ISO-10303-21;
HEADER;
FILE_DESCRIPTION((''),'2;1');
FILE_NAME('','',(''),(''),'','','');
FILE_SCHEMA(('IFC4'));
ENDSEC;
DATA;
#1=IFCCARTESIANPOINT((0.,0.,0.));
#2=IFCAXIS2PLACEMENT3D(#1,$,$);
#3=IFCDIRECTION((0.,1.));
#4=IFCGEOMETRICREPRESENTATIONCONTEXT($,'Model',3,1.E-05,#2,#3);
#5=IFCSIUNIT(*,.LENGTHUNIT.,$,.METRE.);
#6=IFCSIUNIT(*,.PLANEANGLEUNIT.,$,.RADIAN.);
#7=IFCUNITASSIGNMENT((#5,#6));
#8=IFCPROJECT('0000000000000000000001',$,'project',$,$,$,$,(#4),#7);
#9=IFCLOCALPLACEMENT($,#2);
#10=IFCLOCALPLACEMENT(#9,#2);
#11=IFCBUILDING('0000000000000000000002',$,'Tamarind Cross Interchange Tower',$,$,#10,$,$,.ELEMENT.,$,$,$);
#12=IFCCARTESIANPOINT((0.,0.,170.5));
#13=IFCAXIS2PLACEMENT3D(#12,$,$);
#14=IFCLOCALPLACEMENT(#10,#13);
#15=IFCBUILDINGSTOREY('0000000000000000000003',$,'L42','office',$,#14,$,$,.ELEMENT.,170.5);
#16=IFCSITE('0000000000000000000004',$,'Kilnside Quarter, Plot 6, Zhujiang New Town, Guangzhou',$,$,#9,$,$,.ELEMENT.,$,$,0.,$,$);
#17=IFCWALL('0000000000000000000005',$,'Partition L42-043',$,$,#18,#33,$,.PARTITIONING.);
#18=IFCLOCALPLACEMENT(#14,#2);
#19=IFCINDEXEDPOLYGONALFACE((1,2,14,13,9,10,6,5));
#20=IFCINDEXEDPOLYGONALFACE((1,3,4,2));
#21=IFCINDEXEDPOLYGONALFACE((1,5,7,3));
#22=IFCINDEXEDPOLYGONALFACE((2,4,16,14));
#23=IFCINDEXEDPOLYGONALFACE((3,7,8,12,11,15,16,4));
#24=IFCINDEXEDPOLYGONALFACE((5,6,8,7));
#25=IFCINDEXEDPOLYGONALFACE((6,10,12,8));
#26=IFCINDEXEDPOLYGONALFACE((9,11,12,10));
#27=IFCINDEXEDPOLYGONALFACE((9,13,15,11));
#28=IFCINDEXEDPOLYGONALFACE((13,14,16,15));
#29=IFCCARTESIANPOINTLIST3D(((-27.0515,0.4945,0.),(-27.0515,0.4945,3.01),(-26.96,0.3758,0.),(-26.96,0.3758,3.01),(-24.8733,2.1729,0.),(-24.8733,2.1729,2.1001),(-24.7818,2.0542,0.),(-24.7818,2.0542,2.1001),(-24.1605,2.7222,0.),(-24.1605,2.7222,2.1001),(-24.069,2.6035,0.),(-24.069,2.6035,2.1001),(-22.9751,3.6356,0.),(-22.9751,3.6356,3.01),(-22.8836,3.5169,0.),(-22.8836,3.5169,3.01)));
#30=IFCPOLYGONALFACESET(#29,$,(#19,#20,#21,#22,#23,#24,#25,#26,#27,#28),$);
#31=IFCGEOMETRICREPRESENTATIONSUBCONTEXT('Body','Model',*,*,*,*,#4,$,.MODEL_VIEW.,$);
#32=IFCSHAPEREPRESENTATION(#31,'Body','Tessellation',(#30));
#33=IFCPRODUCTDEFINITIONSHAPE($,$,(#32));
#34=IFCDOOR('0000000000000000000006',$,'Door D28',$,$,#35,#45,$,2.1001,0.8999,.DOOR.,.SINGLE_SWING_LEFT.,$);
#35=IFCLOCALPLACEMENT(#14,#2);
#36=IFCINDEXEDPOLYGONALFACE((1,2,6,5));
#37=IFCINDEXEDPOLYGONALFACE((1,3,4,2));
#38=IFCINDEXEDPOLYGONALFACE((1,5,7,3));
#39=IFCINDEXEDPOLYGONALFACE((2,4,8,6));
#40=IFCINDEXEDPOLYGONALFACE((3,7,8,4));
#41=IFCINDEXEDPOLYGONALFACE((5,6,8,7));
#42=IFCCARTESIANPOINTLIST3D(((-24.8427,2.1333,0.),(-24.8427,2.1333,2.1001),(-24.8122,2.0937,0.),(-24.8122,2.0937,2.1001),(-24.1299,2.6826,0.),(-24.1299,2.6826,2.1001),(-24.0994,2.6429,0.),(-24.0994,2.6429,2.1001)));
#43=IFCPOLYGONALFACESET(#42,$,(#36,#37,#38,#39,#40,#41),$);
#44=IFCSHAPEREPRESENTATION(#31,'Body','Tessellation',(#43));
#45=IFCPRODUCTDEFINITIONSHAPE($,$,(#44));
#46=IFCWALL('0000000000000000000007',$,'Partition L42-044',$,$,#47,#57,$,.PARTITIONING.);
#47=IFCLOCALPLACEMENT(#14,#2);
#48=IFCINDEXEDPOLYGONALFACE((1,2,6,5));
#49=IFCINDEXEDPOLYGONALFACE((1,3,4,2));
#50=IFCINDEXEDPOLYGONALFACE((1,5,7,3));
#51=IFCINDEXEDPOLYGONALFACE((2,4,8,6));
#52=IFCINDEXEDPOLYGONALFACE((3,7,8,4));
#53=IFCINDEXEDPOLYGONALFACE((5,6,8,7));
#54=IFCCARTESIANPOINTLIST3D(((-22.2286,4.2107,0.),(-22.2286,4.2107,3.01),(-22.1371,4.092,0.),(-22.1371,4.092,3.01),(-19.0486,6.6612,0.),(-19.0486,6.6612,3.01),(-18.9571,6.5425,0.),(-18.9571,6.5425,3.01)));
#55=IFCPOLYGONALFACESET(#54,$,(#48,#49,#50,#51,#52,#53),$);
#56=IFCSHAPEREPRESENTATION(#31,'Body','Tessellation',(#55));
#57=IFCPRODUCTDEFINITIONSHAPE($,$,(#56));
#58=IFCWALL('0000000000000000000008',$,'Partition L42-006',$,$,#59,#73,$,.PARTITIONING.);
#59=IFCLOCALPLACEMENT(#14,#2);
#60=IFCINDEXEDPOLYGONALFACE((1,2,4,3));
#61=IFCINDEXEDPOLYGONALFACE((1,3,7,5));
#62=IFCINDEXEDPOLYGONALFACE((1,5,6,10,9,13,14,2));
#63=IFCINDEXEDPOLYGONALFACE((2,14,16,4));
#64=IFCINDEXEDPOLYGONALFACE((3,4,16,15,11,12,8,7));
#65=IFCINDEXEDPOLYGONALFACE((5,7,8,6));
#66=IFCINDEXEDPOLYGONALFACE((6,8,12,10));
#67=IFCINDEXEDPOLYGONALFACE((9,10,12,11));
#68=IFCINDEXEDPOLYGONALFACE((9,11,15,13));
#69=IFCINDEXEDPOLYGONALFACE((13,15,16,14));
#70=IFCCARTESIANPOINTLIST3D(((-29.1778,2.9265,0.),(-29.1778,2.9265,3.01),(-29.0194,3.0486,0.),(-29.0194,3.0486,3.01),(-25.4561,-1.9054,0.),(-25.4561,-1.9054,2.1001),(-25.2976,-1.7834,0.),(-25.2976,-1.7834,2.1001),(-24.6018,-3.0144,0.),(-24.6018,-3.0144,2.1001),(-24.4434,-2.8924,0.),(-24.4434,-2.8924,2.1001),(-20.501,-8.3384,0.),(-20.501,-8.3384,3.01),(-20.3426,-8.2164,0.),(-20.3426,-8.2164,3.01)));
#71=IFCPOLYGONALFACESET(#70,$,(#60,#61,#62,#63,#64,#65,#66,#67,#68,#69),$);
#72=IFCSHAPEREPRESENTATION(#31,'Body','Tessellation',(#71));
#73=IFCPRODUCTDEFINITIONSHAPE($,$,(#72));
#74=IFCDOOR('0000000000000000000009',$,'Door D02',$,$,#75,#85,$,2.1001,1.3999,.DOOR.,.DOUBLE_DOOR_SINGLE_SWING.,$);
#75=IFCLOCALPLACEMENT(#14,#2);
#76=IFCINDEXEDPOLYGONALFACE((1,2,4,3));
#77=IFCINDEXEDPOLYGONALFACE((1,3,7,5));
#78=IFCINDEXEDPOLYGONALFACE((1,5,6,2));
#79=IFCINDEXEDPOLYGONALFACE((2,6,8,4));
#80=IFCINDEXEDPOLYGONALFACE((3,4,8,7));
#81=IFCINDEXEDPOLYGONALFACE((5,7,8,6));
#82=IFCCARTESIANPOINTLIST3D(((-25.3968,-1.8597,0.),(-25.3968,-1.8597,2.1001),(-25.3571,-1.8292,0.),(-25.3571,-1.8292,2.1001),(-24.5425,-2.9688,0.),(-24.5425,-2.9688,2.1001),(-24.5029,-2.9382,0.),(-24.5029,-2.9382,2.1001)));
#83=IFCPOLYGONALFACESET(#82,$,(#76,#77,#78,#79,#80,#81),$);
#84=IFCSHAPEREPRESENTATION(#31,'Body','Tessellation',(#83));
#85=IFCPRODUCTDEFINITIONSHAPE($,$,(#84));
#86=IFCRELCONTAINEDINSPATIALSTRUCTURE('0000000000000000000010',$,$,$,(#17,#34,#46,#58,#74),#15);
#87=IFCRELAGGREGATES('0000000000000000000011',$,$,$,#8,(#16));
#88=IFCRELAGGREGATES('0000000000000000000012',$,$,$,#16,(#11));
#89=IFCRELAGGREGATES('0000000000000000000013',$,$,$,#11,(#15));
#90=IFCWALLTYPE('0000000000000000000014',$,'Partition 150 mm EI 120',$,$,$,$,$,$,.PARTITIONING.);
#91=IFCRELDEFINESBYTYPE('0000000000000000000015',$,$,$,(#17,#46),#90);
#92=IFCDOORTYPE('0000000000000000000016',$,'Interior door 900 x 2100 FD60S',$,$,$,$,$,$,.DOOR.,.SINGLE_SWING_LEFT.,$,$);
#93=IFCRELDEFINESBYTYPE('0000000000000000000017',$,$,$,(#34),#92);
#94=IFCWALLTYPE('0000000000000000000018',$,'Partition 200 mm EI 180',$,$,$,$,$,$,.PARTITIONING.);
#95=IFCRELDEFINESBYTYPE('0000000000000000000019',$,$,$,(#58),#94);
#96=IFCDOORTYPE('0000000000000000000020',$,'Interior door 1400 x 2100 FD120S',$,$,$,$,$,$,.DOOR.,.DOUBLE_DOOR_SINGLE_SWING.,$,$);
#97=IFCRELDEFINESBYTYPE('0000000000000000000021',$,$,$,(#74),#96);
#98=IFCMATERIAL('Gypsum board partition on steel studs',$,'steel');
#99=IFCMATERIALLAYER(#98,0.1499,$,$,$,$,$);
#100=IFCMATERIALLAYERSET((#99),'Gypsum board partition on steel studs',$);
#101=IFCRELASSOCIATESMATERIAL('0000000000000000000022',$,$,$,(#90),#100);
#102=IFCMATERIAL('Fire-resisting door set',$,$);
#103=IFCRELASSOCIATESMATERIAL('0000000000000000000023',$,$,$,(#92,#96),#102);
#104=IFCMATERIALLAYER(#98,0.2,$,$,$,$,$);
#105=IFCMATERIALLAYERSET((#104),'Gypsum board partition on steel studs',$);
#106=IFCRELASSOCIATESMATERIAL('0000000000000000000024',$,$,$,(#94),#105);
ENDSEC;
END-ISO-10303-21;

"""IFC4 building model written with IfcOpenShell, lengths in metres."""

from ifc_helpers import new_model, si_unit, direction, frame, frame_2d, origin, place, context, subcontext, project, spatial, rectangle, extrude, material, layer, layer_set, type_object, element, fill, save


model = new_model("IFC4")

# Units and contexts
model_context = context("Model", 3, precision=1e-05, world=origin(), true_north=direction((0.0, 1.0)))
body_context = subcontext(model_context, "Body", "Model", "MODEL_VIEW")
ifc_project = project(units=[si_unit("LENGTHUNIT", "METRE"), si_unit("PLANEANGLEUNIT", "RADIAN")], contexts=[model_context])

# Site, building, storey
site_placement = place(None, origin())
site = spatial("IfcSite", under=ifc_project, at=site_placement, Name="Kilnside Quarter, Plot 6, Zhujiang New Town, Guangzhou", CompositionType="ELEMENT", RefElevation=0.0)
building_placement = place(site_placement, origin())
building = spatial("IfcBuilding", under=site, at=building_placement, Name="Tamarind Cross Interchange Tower", CompositionType="ELEMENT")
storey_placement = place(building_placement, frame((0.0, 0.0, 170.5)))
storey = spatial("IfcBuildingStorey", under=building, at=storey_placement, Name="L42", Description="office", CompositionType="ELEMENT", Elevation=170.5)

# Shared definitions
ifc_material_1 = material(Name="Gypsum board partition on steel studs", Category="steel")

# Wall, opening, door
ifc_layer_1 = layer(ifc_material_1, 0.1499)
ifc_layer_set_1 = layer_set([ifc_layer_1], Name="Gypsum board partition on steel studs")
wall_type_1 = type_object("IfcWallType", Name="Partition 150 mm EI 120", PredefinedType="PARTITIONING", material=ifc_layer_set_1)
wall_1_placement = place(storey_placement, frame((-27.0059, 0.4351, 0.0), z_axis=(0.0, 0.0, 1.0), x_axis=(0.792116, 0.610371, 0.0)))
wall_1 = element("IfcWall", 1, at=wall_1_placement, inside=storey, type_object=wall_type_1, Name="Partition L42-043", PredefinedType="PARTITIONING", context=body_context, shape_type="SweptSolid", body=[
    extrude(rectangle(XDim=5.1462, YDim=0.1499, at=frame_2d((2.5732, 0.0))), origin(), (0.0, 0.0, 1.0), 3.01),
])
opening_1_placement = place(wall_1_placement, frame((2.75, 0.0, 0.0)))
opening_1 = element("IfcOpeningElement", 2, at=opening_1_placement, cuts=wall_1, PredefinedType="OPENING", context=body_context, shape_type="SweptSolid", body=[
    extrude(rectangle(XDim=0.8999, YDim=2.1001, at=frame_2d((0.45, 1.05))), frame((0.0, 0.085, 0.0), z_axis=(0.0, -1.0, 0.0), x_axis=(1.0, 0.0, 0.0)), (0.0, 0.0, 1.0), 0.1699),
])
ifc_material_2 = material(Name="Fire-resisting door set")
door_type_1 = type_object("IfcDoorType", Name="Interior door 900 x 2100 FD60S", OperationType="SINGLE_SWING_LEFT", PredefinedType="DOOR", material=ifc_material_2)
door_1_placement = place(opening_1_placement, origin())
door_1 = element("IfcDoor", 3, at=door_1_placement, inside=storey, type_object=door_type_1, Name="Door D28", OperationType="SINGLE_SWING_LEFT", OverallHeight=2.1001, OverallWidth=0.8999, PredefinedType="DOOR", context=body_context, shape_type="SweptSolid", body=[
    extrude(rectangle(XDim=0.8999, YDim=2.1001, at=frame_2d((0.45, 1.05))), frame((0.0, 0.0249, 0.0), z_axis=(0.0, -1.0, 0.0), x_axis=(1.0, 0.0, 0.0)), (0.0, 0.0, 1.0), 0.05),
])
fill(opening_1, door_1)

# Wall
wall_2_placement = place(storey_placement, frame((-22.1829, 4.1514, 0.0), z_axis=(0.0, 0.0, 1.0), x_axis=(0.792101, 0.610389, 0.0)))
element("IfcWall", 4, at=wall_2_placement, inside=storey, type_object=wall_type_1, Name="Partition L42-044", PredefinedType="PARTITIONING", context=body_context, shape_type="SweptSolid", body=[
    extrude(rectangle(XDim=4.0146, YDim=0.1499, at=frame_2d((2.0073, 0.0))), origin(), (0.0, 0.0, 1.0), 3.01),
])

# Wall, opening, door
ifc_layer_2 = layer(ifc_material_1, 0.2)
ifc_layer_set_2 = layer_set([ifc_layer_2], Name="Gypsum board partition on steel studs")
wall_type_2 = type_object("IfcWallType", Name="Partition 200 mm EI 180", PredefinedType="PARTITIONING", material=ifc_layer_set_2)
wall_3_placement = place(storey_placement, frame((-29.0986, 2.9875, 0.0), z_axis=(0.0, 0.0, 1.0), x_axis=(0.610217, -0.792234, 0.0)))
wall_3 = element("IfcWall", 5, at=wall_3_placement, inside=storey, type_object=wall_type_2, Name="Partition L42-006", PredefinedType="PARTITIONING", context=body_context, shape_type="SweptSolid", body=[
    extrude(rectangle(XDim=14.2192, YDim=0.2, at=frame_2d((7.1096, 0.0))), origin(), (0.0, 0.0, 1.0), 3.01),
])
opening_2_placement = place(wall_3_placement, frame((6.0991, 0.0, 0.0)))
opening_2 = element("IfcOpeningElement", 6, at=opening_2_placement, cuts=wall_3, PredefinedType="OPENING", context=body_context, shape_type="SweptSolid", body=[
    extrude(rectangle(XDim=1.3999, YDim=2.1001, at=frame_2d((0.7, 1.05))), frame((0.0, 0.1099, 0.0), z_axis=(0.0, -1.0, 0.0), x_axis=(1.0, 0.0, 0.0)), (0.0, 0.0, 1.0), 0.22),
])
door_type_2 = type_object("IfcDoorType", Name="Interior door 1400 x 2100 FD120S", OperationType="DOUBLE_DOOR_SINGLE_SWING", PredefinedType="DOOR", material=ifc_material_2)
door_2_placement = place(opening_2_placement, origin())
door_2 = element("IfcDoor", 7, at=door_2_placement, inside=storey, type_object=door_type_2, Name="Door D02", OperationType="DOUBLE_DOOR_SINGLE_SWING", OverallHeight=2.1001, OverallWidth=1.3999, PredefinedType="DOOR", context=body_context, shape_type="SweptSolid", body=[
    extrude(rectangle(XDim=1.3999, YDim=2.1001, at=frame_2d((0.7, 1.05))), frame((0.0, 0.0249, 0.0), z_axis=(0.0, -1.0, 0.0), x_axis=(1.0, 0.0, 0.0)), (0.0, 0.0, 1.0), 0.05),
])
fill(opening_2, door_2)

save(model, "model.ifc")
